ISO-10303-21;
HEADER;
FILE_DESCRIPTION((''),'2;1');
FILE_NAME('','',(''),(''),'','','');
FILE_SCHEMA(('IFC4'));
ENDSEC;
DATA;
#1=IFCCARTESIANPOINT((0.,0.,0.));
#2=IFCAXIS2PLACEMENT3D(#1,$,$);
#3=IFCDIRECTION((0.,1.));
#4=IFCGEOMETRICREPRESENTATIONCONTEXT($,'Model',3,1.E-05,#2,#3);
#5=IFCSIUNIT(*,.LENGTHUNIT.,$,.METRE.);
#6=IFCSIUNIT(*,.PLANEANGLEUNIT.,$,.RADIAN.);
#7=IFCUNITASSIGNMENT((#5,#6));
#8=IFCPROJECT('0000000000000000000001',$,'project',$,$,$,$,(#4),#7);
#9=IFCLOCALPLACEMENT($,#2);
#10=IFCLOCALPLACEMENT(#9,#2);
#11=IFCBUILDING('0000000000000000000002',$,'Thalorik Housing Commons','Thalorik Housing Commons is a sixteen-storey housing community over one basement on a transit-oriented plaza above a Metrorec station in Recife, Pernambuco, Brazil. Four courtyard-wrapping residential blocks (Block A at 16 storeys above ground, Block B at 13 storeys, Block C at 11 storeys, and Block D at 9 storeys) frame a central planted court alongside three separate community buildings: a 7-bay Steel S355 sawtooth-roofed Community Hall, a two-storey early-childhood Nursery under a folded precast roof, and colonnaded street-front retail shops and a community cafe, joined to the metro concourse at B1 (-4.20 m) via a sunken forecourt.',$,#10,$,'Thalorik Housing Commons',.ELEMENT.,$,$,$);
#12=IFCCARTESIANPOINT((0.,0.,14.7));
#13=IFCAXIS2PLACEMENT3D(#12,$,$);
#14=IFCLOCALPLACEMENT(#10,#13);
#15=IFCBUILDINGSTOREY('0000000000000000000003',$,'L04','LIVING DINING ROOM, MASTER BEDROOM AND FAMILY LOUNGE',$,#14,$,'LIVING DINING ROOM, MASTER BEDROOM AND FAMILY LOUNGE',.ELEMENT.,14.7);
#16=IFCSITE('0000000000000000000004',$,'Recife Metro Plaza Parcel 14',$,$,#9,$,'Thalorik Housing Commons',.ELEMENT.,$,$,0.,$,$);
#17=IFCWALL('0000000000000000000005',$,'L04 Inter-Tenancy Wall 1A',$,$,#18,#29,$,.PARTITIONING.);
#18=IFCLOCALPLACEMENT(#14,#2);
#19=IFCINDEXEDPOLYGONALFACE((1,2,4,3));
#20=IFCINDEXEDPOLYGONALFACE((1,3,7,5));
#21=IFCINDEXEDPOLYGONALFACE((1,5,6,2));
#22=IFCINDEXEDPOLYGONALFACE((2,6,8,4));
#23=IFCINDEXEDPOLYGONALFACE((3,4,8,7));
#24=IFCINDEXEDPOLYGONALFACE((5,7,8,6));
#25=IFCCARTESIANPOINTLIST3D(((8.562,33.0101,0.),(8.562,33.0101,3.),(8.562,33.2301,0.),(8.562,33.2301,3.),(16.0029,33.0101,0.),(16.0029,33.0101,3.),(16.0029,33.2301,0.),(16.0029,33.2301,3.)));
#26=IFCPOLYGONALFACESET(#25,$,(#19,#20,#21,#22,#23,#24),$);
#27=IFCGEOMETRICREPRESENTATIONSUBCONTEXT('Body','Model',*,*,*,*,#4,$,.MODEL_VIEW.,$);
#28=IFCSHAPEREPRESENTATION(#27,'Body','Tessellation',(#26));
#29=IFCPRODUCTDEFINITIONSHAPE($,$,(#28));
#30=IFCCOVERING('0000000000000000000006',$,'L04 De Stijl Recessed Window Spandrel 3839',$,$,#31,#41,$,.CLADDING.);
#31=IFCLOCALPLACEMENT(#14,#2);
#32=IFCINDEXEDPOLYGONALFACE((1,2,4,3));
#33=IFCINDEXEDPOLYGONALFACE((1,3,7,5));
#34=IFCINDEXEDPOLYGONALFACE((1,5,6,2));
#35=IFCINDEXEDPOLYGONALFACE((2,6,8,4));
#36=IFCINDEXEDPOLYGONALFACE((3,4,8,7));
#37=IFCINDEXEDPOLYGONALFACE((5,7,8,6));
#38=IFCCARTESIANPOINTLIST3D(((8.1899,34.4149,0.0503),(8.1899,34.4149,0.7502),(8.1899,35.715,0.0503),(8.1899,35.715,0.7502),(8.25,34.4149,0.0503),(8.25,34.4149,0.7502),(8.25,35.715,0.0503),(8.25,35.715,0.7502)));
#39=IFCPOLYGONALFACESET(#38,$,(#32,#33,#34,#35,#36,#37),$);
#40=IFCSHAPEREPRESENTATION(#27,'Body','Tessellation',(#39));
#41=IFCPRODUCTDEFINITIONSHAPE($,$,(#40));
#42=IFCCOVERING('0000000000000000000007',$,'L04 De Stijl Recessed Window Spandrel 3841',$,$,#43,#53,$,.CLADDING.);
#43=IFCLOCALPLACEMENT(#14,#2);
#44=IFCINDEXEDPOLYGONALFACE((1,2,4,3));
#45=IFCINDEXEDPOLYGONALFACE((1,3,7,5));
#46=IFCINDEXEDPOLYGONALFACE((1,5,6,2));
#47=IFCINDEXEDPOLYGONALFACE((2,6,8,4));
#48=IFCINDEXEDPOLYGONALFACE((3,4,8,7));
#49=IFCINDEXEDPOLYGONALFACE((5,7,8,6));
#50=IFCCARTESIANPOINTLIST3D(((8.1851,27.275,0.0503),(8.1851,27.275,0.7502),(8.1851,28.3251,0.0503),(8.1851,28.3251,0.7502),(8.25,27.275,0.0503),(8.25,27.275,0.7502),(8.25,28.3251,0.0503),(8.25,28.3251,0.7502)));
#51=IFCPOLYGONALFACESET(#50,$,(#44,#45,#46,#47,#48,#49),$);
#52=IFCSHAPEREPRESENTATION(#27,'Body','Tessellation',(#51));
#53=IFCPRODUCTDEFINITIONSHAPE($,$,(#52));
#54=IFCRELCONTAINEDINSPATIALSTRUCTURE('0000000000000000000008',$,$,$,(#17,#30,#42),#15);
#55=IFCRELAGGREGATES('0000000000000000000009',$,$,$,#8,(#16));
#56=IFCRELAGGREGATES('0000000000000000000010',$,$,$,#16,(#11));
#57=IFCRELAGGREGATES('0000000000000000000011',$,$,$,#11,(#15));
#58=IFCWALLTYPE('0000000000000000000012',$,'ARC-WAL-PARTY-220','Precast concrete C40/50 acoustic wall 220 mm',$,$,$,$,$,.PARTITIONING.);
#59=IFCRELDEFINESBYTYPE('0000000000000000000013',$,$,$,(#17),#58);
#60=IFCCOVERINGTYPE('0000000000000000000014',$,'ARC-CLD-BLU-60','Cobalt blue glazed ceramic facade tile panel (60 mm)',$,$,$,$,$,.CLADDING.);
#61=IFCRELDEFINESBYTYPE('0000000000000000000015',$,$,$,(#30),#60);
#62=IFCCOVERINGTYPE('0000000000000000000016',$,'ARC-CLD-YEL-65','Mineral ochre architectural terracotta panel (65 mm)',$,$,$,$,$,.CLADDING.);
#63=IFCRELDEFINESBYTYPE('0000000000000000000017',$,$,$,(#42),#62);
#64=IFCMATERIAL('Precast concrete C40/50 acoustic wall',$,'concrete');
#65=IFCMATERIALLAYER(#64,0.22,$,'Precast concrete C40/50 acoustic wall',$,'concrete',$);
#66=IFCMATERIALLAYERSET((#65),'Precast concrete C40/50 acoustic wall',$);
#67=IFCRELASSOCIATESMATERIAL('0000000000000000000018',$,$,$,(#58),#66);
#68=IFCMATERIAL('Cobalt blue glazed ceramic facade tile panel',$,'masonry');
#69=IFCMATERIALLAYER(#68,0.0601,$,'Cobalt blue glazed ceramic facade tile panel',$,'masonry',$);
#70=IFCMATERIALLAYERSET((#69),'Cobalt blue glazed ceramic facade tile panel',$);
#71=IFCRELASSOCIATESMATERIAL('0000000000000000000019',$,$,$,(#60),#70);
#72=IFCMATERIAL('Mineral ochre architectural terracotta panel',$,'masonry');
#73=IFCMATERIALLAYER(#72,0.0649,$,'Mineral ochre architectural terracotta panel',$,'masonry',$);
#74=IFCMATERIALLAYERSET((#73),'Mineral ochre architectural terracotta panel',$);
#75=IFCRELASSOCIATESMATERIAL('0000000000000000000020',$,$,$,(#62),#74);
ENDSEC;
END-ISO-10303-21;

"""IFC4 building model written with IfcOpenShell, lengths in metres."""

from ifc_helpers import new_model, si_unit, direction, frame, frame_2d, origin, origin_2d, place, context, subcontext, project, spatial, rectangle, extrude, material, layer, layer_set, type_object, element, save


model = new_model("IFC4")

# Units and contexts
model_context = context("Model", 3, precision=1e-05, world=origin(), true_north=direction((0.0, 1.0)))
body_context = subcontext(model_context, "Body", "Model", "MODEL_VIEW")
ifc_project = project(units=[si_unit("LENGTHUNIT", "METRE"), si_unit("PLANEANGLEUNIT", "RADIAN")], contexts=[model_context])

# Site, building, storey
site_placement = place(None, origin())
site = spatial("IfcSite", under=ifc_project, at=site_placement, Name="Recife Metro Plaza Parcel 14", LongName="Thalorik Housing Commons", CompositionType="ELEMENT", RefElevation=0.0)
building_placement = place(site_placement, origin())
building = spatial("IfcBuilding", under=site, at=building_placement, Name="Thalorik Housing Commons", Description="Thalorik Housing Commons is a sixteen-storey housing community over one basement on a transit-oriented plaza above a Metrorec station in Recife, Pernambuco, Brazil. Four courtyard-wrapping residential blocks (Block A at 16 storeys above ground, Block B at 13 storeys, Block C at 11 storeys, and Block D at 9 storeys) frame a central planted court alongside three separate community buildings: a 7-bay Steel S355 sawtooth-roofed Community Hall, a two-storey early-childhood Nursery under a folded precast roof, and colonnaded street-front retail shops and a community cafe, joined to the metro concourse at B1 (-4.20 m) via a sunken forecourt.", LongName="Thalorik Housing Commons", CompositionType="ELEMENT")
storey_placement = place(building_placement, frame((0.0, 0.0, 14.7)))
storey = spatial("IfcBuildingStorey", under=building, at=storey_placement, Name="L04", Description="LIVING DINING ROOM, MASTER BEDROOM AND FAMILY LOUNGE", LongName="LIVING DINING ROOM, MASTER BEDROOM AND FAMILY LOUNGE", CompositionType="ELEMENT", Elevation=14.7)

# Wall
ifc_material_1 = material(Name="Precast concrete C40/50 acoustic wall", Category="concrete")
ifc_layer_1 = layer(ifc_material_1, 0.22, Name="Precast concrete C40/50 acoustic wall", Category="concrete")
ifc_layer_set_1 = layer_set([ifc_layer_1], Name="Precast concrete C40/50 acoustic wall")
wall_type_1 = type_object("IfcWallType", Name="ARC-WAL-PARTY-220", Description="Precast concrete C40/50 acoustic wall 220 mm", PredefinedType="PARTITIONING", material=ifc_layer_set_1)
wall_1_placement = place(storey_placement, frame((8.562, 33.1201, 0.0), z_axis=(0.0, 0.0, 1.0), x_axis=(1.0, 0.0, 0.0)))
element("IfcWall", 1, at=wall_1_placement, inside=storey, type_object=wall_type_1, Name="L04 Inter-Tenancy Wall 1A", PredefinedType="PARTITIONING", context=body_context, shape_type="SweptSolid", body=[
    extrude(rectangle(XDim=7.4409, YDim=0.22, at=frame_2d((3.7205, 0.0))), origin(), (0.0, 0.0, 1.0), 3.0),
])

# Coverings
ifc_material_2 = material(Name="Cobalt blue glazed ceramic facade tile panel", Category="masonry")
ifc_layer_2 = layer(ifc_material_2, 0.0601, Name="Cobalt blue glazed ceramic facade tile panel", Category="masonry")
ifc_layer_set_2 = layer_set([ifc_layer_2], Name="Cobalt blue glazed ceramic facade tile panel")
covering_type_1 = type_object("IfcCoveringType", Name="ARC-CLD-BLU-60", Description="Cobalt blue glazed ceramic facade tile panel (60 mm)", PredefinedType="CLADDING", material=ifc_layer_set_2)
covering_1_placement = place(storey_placement, frame((8.22, 35.0649, 0.0503), z_axis=(0.0, 0.0, 1.0), x_axis=(0.0, -1.0, 0.0)))
element("IfcCovering", 2, at=covering_1_placement, inside=storey, type_object=covering_type_1, Name="L04 De Stijl Recessed Window Spandrel 3839", PredefinedType="CLADDING", context=body_context, shape_type="SweptSolid", body=[
    extrude(rectangle(XDim=1.3, YDim=0.0601, at=origin_2d()), origin(), (0.0, 0.0, 1.0), 0.7),
])
ifc_material_3 = material(Name="Mineral ochre architectural terracotta panel", Category="masonry")
ifc_layer_3 = layer(ifc_material_3, 0.0649, Name="Mineral ochre architectural terracotta panel", Category="masonry")
ifc_layer_set_3 = layer_set([ifc_layer_3], Name="Mineral ochre architectural terracotta panel")
covering_type_2 = type_object("IfcCoveringType", Name="ARC-CLD-YEL-65", Description="Mineral ochre architectural terracotta panel (65 mm)", PredefinedType="CLADDING", material=ifc_layer_set_3)
covering_2_placement = place(storey_placement, frame((8.2175, 27.8, 0.0503), z_axis=(0.0, 0.0, 1.0), x_axis=(0.0, -1.0, 0.0)))
element("IfcCovering", 3, at=covering_2_placement, inside=storey, type_object=covering_type_2, Name="L04 De Stijl Recessed Window Spandrel 3841", PredefinedType="CLADDING", context=body_context, shape_type="SweptSolid", body=[
    extrude(rectangle(XDim=1.05, YDim=0.0649, at=origin_2d()), origin(), (0.0, 0.0, 1.0), 0.7),
])

save(model, "model.ifc")
